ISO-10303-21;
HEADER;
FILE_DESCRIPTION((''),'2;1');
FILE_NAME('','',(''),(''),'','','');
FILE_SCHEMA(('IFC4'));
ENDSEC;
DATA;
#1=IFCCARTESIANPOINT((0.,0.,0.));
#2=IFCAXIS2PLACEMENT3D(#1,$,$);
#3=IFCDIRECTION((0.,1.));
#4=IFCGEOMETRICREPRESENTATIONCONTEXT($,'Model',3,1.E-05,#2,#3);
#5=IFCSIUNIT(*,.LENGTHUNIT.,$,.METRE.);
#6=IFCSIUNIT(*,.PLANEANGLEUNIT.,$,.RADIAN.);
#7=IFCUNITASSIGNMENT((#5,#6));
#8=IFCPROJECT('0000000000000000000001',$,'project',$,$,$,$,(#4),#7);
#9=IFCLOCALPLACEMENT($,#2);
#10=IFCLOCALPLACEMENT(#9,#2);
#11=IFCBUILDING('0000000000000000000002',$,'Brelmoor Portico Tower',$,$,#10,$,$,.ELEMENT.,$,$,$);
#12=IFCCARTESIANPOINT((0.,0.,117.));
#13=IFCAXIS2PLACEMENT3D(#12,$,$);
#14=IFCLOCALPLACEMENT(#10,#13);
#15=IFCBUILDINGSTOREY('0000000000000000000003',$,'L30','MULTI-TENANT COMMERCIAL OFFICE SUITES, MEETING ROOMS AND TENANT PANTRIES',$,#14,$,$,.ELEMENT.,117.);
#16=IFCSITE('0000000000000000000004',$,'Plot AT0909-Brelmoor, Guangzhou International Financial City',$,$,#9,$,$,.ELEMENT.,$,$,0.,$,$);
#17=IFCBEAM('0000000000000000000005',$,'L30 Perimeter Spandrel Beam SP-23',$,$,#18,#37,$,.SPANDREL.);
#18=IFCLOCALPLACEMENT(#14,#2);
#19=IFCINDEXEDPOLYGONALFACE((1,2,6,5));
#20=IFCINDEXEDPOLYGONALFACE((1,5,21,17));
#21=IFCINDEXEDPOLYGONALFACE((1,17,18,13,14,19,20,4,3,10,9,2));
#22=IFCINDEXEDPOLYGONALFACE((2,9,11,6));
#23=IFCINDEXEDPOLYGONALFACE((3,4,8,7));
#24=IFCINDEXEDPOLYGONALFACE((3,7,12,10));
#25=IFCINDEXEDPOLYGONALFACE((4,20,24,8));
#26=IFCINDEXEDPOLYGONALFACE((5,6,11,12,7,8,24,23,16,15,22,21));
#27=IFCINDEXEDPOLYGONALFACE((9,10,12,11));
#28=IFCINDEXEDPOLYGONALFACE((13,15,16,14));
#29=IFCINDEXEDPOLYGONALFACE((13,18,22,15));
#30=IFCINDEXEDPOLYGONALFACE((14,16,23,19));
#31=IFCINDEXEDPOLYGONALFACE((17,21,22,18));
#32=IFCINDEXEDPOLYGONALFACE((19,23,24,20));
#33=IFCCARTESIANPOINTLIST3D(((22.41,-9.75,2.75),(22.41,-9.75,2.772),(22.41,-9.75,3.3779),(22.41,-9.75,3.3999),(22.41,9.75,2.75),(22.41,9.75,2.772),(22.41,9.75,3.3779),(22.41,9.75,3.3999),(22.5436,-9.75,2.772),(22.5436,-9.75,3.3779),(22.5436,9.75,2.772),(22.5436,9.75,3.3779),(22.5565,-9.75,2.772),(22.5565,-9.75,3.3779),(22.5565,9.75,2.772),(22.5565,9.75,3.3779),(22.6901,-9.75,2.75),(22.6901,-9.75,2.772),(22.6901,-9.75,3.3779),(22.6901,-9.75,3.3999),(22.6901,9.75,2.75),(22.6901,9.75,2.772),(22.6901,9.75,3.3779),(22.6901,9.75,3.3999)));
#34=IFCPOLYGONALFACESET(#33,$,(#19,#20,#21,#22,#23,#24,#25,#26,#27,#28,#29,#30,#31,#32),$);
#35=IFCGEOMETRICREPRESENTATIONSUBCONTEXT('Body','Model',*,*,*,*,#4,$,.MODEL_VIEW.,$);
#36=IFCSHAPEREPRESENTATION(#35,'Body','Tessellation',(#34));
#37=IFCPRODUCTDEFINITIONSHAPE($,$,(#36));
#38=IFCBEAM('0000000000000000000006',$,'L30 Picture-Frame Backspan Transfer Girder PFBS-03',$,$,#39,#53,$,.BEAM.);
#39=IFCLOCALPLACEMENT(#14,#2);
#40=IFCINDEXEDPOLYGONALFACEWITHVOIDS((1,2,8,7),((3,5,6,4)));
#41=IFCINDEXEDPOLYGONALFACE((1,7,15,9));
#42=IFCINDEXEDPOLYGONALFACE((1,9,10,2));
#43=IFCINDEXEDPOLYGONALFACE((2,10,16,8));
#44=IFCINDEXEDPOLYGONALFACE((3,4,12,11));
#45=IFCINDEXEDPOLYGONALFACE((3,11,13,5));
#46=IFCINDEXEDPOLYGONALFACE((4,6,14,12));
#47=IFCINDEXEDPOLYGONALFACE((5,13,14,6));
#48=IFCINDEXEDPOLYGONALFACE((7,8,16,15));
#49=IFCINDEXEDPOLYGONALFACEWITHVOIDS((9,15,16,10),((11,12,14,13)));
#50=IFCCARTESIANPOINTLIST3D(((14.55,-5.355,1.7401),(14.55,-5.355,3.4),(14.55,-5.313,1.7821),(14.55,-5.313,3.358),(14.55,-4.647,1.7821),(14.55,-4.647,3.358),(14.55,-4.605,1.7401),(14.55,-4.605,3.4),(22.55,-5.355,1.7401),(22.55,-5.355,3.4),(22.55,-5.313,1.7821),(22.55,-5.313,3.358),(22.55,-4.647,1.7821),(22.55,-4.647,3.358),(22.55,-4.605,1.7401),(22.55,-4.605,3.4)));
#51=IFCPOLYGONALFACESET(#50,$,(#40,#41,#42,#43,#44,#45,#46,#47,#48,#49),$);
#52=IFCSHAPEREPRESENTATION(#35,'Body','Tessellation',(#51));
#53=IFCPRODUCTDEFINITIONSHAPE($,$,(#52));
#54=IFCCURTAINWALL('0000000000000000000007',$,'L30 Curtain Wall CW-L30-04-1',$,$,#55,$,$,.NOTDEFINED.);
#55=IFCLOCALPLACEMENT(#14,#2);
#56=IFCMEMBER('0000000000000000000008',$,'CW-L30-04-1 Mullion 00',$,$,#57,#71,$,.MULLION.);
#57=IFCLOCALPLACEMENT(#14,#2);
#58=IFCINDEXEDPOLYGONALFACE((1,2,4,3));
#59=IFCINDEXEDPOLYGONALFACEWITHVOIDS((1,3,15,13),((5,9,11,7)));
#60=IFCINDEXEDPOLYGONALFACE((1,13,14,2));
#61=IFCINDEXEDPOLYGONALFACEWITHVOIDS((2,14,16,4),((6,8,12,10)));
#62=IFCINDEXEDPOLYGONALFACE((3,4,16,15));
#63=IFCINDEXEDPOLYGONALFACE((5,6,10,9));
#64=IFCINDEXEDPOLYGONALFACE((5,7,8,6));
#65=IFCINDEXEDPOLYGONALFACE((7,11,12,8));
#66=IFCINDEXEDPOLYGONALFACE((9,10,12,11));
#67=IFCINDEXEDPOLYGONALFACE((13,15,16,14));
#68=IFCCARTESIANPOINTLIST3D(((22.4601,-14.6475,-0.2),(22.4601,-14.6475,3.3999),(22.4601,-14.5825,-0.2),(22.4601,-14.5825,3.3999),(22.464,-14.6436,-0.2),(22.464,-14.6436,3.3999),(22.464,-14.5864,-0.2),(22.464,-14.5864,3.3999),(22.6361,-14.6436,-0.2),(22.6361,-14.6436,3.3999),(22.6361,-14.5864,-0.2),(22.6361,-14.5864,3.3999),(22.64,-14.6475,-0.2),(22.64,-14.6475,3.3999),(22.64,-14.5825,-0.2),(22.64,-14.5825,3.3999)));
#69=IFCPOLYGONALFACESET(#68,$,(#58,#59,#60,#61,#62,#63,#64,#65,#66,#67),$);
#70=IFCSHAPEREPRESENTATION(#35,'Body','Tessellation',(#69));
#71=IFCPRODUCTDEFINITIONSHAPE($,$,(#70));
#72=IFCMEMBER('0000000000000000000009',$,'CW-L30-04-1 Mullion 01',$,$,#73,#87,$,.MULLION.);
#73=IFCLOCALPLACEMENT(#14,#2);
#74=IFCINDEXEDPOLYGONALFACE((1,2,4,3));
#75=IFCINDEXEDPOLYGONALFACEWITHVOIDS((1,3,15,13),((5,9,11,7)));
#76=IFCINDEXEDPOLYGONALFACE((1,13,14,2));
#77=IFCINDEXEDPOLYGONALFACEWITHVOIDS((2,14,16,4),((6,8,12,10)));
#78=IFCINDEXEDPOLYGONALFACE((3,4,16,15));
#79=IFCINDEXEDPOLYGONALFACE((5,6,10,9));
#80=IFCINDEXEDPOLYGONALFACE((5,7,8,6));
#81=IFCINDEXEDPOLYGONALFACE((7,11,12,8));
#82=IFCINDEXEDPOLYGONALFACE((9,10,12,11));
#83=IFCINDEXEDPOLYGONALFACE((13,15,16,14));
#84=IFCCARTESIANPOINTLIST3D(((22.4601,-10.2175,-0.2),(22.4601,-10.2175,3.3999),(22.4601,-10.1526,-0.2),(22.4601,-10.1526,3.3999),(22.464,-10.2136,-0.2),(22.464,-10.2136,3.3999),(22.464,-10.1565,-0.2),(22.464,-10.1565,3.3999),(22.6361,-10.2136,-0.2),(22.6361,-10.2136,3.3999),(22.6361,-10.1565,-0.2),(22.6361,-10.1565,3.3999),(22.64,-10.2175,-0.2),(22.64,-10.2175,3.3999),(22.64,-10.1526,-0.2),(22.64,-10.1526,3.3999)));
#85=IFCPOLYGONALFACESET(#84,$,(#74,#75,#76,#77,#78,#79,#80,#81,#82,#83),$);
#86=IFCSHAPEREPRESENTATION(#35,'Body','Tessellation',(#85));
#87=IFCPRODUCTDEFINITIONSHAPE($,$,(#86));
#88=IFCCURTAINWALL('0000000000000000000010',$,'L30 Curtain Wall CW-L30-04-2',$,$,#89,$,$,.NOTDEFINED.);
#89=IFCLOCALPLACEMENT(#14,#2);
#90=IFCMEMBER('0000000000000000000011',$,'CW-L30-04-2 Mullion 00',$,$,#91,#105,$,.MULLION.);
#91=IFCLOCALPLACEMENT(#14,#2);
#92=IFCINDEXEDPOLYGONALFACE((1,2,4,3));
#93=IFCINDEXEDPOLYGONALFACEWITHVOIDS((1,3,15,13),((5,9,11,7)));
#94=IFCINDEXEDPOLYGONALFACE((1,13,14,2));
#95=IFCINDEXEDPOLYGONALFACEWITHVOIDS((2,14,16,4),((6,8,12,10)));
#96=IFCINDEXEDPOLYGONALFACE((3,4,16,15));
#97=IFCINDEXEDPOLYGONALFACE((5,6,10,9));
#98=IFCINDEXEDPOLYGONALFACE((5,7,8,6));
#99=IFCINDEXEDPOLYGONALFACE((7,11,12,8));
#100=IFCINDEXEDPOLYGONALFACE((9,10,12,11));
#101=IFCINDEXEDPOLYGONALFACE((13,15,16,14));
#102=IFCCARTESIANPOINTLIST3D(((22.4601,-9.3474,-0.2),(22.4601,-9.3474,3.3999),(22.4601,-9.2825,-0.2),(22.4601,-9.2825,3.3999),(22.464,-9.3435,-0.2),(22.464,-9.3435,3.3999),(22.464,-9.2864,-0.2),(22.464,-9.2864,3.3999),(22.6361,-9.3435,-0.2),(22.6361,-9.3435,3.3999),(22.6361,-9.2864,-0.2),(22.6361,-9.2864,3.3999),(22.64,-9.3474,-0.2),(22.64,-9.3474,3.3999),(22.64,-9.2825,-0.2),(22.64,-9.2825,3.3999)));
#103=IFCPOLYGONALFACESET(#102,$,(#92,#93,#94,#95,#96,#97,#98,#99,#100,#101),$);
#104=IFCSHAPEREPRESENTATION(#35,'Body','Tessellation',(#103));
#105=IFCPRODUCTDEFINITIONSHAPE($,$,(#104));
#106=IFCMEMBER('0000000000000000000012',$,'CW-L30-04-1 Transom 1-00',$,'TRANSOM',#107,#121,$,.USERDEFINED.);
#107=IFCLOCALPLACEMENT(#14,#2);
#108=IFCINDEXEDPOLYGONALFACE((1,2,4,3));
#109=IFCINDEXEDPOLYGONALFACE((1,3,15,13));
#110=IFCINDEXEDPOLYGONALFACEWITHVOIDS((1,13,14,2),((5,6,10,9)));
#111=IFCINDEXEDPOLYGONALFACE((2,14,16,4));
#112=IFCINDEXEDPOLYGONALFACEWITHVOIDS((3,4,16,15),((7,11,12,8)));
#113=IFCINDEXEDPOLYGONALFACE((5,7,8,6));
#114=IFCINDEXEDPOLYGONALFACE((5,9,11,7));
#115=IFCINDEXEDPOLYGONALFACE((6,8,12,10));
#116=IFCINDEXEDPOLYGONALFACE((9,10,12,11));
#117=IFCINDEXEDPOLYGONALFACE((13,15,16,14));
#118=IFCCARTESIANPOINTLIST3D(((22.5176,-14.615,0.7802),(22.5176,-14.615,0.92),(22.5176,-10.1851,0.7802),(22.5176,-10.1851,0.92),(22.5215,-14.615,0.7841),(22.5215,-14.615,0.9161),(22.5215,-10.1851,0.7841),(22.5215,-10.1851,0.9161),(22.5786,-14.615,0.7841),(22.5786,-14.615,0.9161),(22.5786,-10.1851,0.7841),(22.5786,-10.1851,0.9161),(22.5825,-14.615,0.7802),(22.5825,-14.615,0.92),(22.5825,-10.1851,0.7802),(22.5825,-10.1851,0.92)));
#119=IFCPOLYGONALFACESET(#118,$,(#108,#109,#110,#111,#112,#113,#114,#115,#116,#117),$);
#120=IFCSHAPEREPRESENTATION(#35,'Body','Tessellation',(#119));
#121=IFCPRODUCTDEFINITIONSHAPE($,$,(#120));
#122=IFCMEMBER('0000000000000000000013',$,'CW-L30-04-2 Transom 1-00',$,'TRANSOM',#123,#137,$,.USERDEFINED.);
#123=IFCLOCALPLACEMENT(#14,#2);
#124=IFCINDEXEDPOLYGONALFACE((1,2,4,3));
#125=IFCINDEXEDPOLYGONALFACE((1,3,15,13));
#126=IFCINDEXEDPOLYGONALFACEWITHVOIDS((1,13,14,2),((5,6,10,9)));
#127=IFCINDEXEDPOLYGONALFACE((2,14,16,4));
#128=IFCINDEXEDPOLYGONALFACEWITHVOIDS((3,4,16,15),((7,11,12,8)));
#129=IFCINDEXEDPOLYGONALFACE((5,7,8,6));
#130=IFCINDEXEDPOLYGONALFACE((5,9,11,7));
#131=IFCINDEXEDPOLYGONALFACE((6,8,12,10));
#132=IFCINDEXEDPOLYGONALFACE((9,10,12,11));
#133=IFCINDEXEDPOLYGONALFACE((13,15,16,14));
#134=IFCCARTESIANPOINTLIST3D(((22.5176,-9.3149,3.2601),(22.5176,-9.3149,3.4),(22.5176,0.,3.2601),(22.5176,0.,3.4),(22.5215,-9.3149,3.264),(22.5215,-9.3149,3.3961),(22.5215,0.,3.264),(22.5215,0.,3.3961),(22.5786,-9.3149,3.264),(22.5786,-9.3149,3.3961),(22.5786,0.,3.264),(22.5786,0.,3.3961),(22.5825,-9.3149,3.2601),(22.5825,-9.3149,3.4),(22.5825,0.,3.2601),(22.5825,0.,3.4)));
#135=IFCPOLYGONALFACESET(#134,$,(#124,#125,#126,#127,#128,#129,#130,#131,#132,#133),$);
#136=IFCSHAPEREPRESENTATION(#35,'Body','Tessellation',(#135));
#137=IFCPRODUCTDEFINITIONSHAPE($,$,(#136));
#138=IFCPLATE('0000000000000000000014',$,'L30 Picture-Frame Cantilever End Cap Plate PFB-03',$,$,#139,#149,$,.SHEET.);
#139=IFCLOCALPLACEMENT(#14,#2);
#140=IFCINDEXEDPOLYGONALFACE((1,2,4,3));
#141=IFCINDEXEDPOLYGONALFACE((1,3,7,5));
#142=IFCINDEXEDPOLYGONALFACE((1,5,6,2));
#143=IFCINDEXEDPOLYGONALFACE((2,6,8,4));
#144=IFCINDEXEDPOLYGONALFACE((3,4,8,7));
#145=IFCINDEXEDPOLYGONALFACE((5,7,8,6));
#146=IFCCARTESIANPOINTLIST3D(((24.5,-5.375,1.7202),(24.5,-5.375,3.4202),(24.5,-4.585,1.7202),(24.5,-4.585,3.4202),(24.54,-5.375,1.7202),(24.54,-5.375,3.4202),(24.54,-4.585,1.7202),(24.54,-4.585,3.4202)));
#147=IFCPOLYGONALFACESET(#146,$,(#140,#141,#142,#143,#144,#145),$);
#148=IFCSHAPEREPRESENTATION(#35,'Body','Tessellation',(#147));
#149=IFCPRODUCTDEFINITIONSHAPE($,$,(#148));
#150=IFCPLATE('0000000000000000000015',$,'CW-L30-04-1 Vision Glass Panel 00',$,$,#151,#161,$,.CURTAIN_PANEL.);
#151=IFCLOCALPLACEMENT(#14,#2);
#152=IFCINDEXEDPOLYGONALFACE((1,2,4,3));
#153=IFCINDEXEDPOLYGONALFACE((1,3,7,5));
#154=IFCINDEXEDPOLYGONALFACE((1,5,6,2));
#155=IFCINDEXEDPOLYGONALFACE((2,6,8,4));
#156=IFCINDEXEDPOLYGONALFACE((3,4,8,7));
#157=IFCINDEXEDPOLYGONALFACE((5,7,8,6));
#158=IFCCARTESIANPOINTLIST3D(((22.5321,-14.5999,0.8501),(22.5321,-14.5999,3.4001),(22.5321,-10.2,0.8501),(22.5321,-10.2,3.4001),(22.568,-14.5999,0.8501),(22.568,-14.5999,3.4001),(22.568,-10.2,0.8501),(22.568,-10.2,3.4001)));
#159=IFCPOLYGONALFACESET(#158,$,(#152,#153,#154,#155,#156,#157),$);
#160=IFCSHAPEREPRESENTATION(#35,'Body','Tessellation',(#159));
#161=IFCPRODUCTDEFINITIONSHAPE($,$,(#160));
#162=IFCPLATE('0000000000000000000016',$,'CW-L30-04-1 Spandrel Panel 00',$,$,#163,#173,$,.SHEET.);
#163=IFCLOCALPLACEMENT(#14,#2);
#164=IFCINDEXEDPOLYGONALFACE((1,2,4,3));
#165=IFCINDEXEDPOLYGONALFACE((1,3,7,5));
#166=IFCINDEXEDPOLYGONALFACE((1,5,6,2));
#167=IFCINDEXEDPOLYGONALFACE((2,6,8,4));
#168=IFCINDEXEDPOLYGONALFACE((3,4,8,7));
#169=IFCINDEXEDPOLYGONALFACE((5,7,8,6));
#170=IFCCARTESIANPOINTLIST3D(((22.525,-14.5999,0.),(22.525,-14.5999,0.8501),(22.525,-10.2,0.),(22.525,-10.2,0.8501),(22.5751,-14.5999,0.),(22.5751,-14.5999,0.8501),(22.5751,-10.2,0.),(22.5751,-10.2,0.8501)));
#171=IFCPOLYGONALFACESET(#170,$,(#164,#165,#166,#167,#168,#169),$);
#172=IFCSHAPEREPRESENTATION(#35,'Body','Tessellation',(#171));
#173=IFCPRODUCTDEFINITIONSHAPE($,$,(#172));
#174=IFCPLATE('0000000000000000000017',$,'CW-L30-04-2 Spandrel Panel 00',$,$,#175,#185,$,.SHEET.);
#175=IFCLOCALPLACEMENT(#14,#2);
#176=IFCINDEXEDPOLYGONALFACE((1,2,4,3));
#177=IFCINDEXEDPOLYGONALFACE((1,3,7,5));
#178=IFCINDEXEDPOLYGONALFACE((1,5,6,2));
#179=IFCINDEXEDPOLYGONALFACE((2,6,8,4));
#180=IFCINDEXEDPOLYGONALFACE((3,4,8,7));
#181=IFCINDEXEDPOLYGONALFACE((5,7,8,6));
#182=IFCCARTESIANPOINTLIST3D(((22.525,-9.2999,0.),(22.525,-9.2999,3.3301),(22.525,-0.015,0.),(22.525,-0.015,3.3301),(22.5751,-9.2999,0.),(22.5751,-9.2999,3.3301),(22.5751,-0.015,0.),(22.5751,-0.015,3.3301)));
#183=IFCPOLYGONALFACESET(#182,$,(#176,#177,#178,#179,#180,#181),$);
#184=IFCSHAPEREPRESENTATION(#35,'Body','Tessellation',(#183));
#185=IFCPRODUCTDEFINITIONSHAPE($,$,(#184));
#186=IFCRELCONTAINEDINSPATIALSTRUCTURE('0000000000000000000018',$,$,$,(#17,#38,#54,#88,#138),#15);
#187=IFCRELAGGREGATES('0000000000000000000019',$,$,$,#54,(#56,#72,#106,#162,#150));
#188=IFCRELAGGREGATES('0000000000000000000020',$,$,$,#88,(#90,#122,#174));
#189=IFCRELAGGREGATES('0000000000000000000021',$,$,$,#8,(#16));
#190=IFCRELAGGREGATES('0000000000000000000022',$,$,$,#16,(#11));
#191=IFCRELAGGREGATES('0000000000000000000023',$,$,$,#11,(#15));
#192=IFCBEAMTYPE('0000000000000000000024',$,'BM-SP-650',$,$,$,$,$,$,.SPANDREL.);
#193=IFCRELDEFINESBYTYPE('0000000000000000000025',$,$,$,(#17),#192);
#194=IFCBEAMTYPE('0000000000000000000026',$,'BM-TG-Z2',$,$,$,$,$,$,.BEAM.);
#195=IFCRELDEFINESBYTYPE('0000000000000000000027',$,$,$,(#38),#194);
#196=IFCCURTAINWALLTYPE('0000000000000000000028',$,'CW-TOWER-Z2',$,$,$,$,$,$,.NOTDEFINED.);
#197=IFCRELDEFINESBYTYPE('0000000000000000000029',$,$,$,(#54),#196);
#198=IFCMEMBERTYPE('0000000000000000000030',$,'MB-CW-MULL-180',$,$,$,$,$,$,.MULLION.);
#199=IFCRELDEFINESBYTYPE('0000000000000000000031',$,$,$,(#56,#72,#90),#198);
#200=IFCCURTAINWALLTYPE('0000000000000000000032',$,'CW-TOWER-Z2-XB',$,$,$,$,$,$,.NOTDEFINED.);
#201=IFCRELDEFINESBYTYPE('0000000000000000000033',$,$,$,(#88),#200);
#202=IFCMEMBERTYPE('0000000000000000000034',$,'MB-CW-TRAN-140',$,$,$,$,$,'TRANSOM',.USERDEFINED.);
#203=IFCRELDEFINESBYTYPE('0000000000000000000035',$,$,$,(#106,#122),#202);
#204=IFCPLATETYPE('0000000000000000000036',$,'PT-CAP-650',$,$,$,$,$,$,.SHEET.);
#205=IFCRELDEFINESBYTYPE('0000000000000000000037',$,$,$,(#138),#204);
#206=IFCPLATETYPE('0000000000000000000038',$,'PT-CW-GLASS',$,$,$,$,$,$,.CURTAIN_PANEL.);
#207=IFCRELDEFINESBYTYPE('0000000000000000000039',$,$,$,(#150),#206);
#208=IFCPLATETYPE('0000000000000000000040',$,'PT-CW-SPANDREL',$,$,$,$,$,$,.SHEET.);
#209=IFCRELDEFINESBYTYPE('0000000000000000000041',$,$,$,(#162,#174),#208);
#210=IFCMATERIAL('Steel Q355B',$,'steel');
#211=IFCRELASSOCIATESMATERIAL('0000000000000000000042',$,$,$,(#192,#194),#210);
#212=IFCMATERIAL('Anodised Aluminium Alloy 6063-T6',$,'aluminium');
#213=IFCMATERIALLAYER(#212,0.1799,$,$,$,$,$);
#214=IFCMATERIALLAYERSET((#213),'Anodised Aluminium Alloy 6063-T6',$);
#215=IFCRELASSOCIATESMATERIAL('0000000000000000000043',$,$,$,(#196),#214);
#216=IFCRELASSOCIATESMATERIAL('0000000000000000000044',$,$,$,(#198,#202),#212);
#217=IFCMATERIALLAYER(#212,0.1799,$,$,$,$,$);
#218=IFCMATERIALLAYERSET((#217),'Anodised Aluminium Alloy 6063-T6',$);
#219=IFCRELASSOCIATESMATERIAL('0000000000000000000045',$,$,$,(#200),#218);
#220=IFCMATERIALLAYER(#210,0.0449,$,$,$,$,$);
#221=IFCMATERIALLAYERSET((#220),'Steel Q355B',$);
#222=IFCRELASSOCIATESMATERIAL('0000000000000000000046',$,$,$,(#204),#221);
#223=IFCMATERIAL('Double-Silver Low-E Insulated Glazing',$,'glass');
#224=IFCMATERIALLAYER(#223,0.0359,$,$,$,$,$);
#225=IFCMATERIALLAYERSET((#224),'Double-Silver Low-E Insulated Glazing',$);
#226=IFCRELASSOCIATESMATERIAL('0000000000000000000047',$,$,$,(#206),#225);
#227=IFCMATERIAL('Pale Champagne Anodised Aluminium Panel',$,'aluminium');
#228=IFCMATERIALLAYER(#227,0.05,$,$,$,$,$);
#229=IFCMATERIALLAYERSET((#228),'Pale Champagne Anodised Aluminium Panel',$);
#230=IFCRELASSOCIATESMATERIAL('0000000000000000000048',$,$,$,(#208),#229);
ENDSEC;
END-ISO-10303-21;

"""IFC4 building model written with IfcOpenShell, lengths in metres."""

from ifc_helpers import new_model, si_unit, direction, frame, origin, origin_2d, place, context, subcontext, project, spatial, rectangle, hollow_rectangle, i_section, extrude, material, layer, layer_set, material_profile, profile_set, type_object, element, aggregate, save


model = new_model("IFC4")

# Units and contexts
model_context = context("Model", 3, precision=1e-05, world=origin(), true_north=direction((0.0, 1.0)))
body_context = subcontext(model_context, "Body", "Model", "MODEL_VIEW")
ifc_project = project(units=[si_unit("LENGTHUNIT", "METRE"), si_unit("PLANEANGLEUNIT", "RADIAN")], contexts=[model_context])

# Site, building, storey
site_placement = place(None, origin())
site = spatial("IfcSite", under=ifc_project, at=site_placement, Name="Plot AT0909-Brelmoor, Guangzhou International Financial City", CompositionType="ELEMENT", RefElevation=0.0)
building_placement = place(site_placement, origin())
building = spatial("IfcBuilding", under=site, at=building_placement, Name="Brelmoor Portico Tower", CompositionType="ELEMENT")
storey_placement = place(building_placement, frame((0.0, 0.0, 117.0)))
storey = spatial("IfcBuildingStorey", under=building, at=storey_placement, Name="L30", Description="MULTI-TENANT COMMERCIAL OFFICE SUITES, MEETING ROOMS AND TENANT PANTRIES", CompositionType="ELEMENT", Elevation=117.0)

# Shared definitions
ifc_material_1 = material(Name="Steel Q355B", Category="steel")

# Beams
ifc_material_profile_1 = material_profile(ifc_material_1, i_section(OverallWidth=0.28, OverallDepth=0.6499, WebThickness=0.0129, FlangeThickness=0.022, at=origin_2d()), Name="HN 650x280x13x22")
ifc_profile_set_1 = profile_set([ifc_material_profile_1], Name="Steel Q355B")
beam_type_1 = type_object("IfcBeamType", Name="BM-SP-650", PredefinedType="SPANDREL", material=ifc_profile_set_1)
beam_1_placement = place(storey_placement, frame((22.55, -9.75, 3.075), z_axis=(0.0, 1.0, 0.0), x_axis=(-1.0, 0.0, 0.0)))
element("IfcBeam", 1, at=beam_1_placement, inside=storey, type_object=beam_type_1, Name="L30 Perimeter Spandrel Beam SP-23", PredefinedType="SPANDREL", context=body_context, shape_type="SweptSolid", body=[
    extrude(i_section(OverallWidth=0.28, OverallDepth=0.6499, WebThickness=0.0129, FlangeThickness=0.022, at=origin_2d()), origin(), (0.0, 0.0, 1.0), 19.5),
])
ifc_material_profile_2 = material_profile(ifc_material_1, hollow_rectangle(XDim=0.75, YDim=1.6599, WallThickness=0.042, at=origin_2d()), Name="BOX 750x1660x42")
ifc_profile_set_2 = profile_set([ifc_material_profile_2], Name="Steel Q355B")
beam_type_2 = type_object("IfcBeamType", Name="BM-TG-Z2", PredefinedType="BEAM", material=ifc_profile_set_2)
beam_2_placement = place(storey_placement, frame((14.55, -4.98, 2.5701), z_axis=(1.0, 0.0, 0.0), x_axis=(0.0, 1.0, 0.0)))
element("IfcBeam", 2, at=beam_2_placement, inside=storey, type_object=beam_type_2, Name="L30 Picture-Frame Backspan Transfer Girder PFBS-03", PredefinedType="BEAM", context=body_context, shape_type="SweptSolid", body=[
    extrude(hollow_rectangle(XDim=0.75, YDim=1.6599, WallThickness=0.042, at=origin_2d()), origin(), (0.0, 0.0, 1.0), 8.0),
])

# Curtain wall, members
ifc_material_2 = material(Name="Anodised Aluminium Alloy 6063-T6", Category="aluminium")
ifc_layer_1 = layer(ifc_material_2, 0.1799)
ifc_layer_set_1 = layer_set([ifc_layer_1], Name="Anodised Aluminium Alloy 6063-T6")
curtain_wall_type_1 = type_object("IfcCurtainWallType", Name="CW-TOWER-Z2", PredefinedType="NOTDEFINED", material=ifc_layer_set_1)
curtain_wall_1_placement = place(storey_placement, origin())
curtain_wall_1 = element("IfcCurtainWall", 3, at=curtain_wall_1_placement, inside=storey, type_object=curtain_wall_type_1, Name="L30 Curtain Wall CW-L30-04-1", PredefinedType="NOTDEFINED")
ifc_material_profile_3 = material_profile(ifc_material_2, hollow_rectangle(XDim=0.0649, YDim=0.1799, WallThickness=0.0039, at=origin_2d()), Name="ALU MULLION 65x180")
ifc_profile_set_3 = profile_set([ifc_material_profile_3], Name="Anodised Aluminium Alloy 6063-T6")
member_type_1 = type_object("IfcMemberType", Name="MB-CW-MULL-180", PredefinedType="MULLION", material=ifc_profile_set_3)
member_1_placement = place(storey_placement, frame((22.55, -14.615, -0.2), z_axis=(0.0, 0.0, 1.0), x_axis=(0.0, 1.0, 0.0)))
member_1 = element("IfcMember", 4, at=member_1_placement, type_object=member_type_1, Name="CW-L30-04-1 Mullion 00", PredefinedType="MULLION", context=body_context, shape_type="SweptSolid", body=[
    extrude(hollow_rectangle(XDim=0.0649, YDim=0.1799, WallThickness=0.0039, at=origin_2d()), origin(), (0.0, 0.0, 1.0), 3.5999),
])
member_2_placement = place(storey_placement, frame((22.55, -10.1851, -0.2), z_axis=(0.0, 0.0, 1.0), x_axis=(0.0, 1.0, 0.0)))
member_2 = element("IfcMember", 5, at=member_2_placement, type_object=member_type_1, Name="CW-L30-04-1 Mullion 01", PredefinedType="MULLION", context=body_context, shape_type="SweptSolid", body=[
    extrude(hollow_rectangle(XDim=0.0649, YDim=0.1799, WallThickness=0.0039, at=origin_2d()), origin(), (0.0, 0.0, 1.0), 3.5999),
])

# Curtain wall, member
ifc_layer_2 = layer(ifc_material_2, 0.1799)
ifc_layer_set_2 = layer_set([ifc_layer_2], Name="Anodised Aluminium Alloy 6063-T6")
curtain_wall_type_2 = type_object("IfcCurtainWallType", Name="CW-TOWER-Z2-XB", PredefinedType="NOTDEFINED", material=ifc_layer_set_2)
curtain_wall_2_placement = place(storey_placement, origin())
curtain_wall_2 = element("IfcCurtainWall", 6, at=curtain_wall_2_placement, inside=storey, type_object=curtain_wall_type_2, Name="L30 Curtain Wall CW-L30-04-2", PredefinedType="NOTDEFINED")
member_3_placement = place(storey_placement, frame((22.55, -9.3149, -0.2), z_axis=(0.0, 0.0, 1.0), x_axis=(0.0, 1.0, 0.0)))
member_3 = element("IfcMember", 7, at=member_3_placement, type_object=member_type_1, Name="CW-L30-04-2 Mullion 00", PredefinedType="MULLION", context=body_context, shape_type="SweptSolid", body=[
    extrude(hollow_rectangle(XDim=0.0649, YDim=0.1799, WallThickness=0.0039, at=origin_2d()), origin(), (0.0, 0.0, 1.0), 3.5999),
])

# Members
ifc_material_profile_4 = material_profile(ifc_material_2, hollow_rectangle(XDim=0.0649, YDim=0.1399, WallThickness=0.0039, at=origin_2d()), Name="ALU TRANSOM 65x140")
ifc_profile_set_4 = profile_set([ifc_material_profile_4], Name="Anodised Aluminium Alloy 6063-T6")
member_type_2 = type_object("IfcMemberType", Name="MB-CW-TRAN-140", ElementType="TRANSOM", PredefinedType="USERDEFINED", material=ifc_profile_set_4)
member_4_placement = place(storey_placement, frame((22.55, -14.615, 0.8501), z_axis=(0.0, 1.0, 0.0), x_axis=(-1.0, 0.0, 0.0)))
member_4 = element("IfcMember", 8, at=member_4_placement, type_object=member_type_2, Name="CW-L30-04-1 Transom 1-00", ObjectType="TRANSOM", PredefinedType="USERDEFINED", context=body_context, shape_type="SweptSolid", body=[
    extrude(hollow_rectangle(XDim=0.0649, YDim=0.1399, WallThickness=0.0039, at=origin_2d()), origin(), (0.0, 0.0, 1.0), 4.4299),
])
member_5_placement = place(storey_placement, frame((22.55, -9.3149, 3.3301), z_axis=(0.0, 1.0, 0.0), x_axis=(-1.0, 0.0, 0.0)))
member_5 = element("IfcMember", 9, at=member_5_placement, type_object=member_type_2, Name="CW-L30-04-2 Transom 1-00", ObjectType="TRANSOM", PredefinedType="USERDEFINED", context=body_context, shape_type="SweptSolid", body=[
    extrude(hollow_rectangle(XDim=0.0649, YDim=0.1399, WallThickness=0.0039, at=origin_2d()), origin(), (0.0, 0.0, 1.0), 9.3149),
])

# Plates
ifc_layer_3 = layer(ifc_material_1, 0.0449)
ifc_layer_set_3 = layer_set([ifc_layer_3], Name="Steel Q355B")
plate_type_1 = type_object("IfcPlateType", Name="PT-CAP-650", PredefinedType="SHEET", material=ifc_layer_set_3)
plate_1_placement = place(storey_placement, frame((24.52, -4.98, 1.7202), z_axis=(0.0, 0.0, 1.0), x_axis=(1.0, 0.0, 0.0)))
element("IfcPlate", 10, at=plate_1_placement, inside=storey, type_object=plate_type_1, Name="L30 Picture-Frame Cantilever End Cap Plate PFB-03", PredefinedType="SHEET", context=body_context, shape_type="SweptSolid", body=[
    extrude(rectangle(XDim=0.04, YDim=0.79, at=origin_2d()), origin(), (0.0, 0.0, 1.0), 1.7),
])
ifc_material_3 = material(Name="Double-Silver Low-E Insulated Glazing", Category="glass")
ifc_layer_4 = layer(ifc_material_3, 0.0359)
ifc_layer_set_4 = layer_set([ifc_layer_4], Name="Double-Silver Low-E Insulated Glazing")
plate_type_2 = type_object("IfcPlateType", Name="PT-CW-GLASS", PredefinedType="CURTAIN_PANEL", material=ifc_layer_set_4)
plate_2_placement = place(storey_placement, frame((22.55, -12.3999, 0.8501), z_axis=(0.0, 0.0, 1.0), x_axis=(0.0, 1.0, 0.0)))
plate_2 = element("IfcPlate", 11, at=plate_2_placement, type_object=plate_type_2, Name="CW-L30-04-1 Vision Glass Panel 00", PredefinedType="CURTAIN_PANEL", context=body_context, shape_type="SweptSolid", body=[
    extrude(rectangle(XDim=4.3999, YDim=0.0359, at=origin_2d()), origin(), (0.0, 0.0, 1.0), 2.55),
])
ifc_material_4 = material(Name="Pale Champagne Anodised Aluminium Panel", Category="aluminium")
ifc_layer_5 = layer(ifc_material_4, 0.05)
ifc_layer_set_5 = layer_set([ifc_layer_5], Name="Pale Champagne Anodised Aluminium Panel")
plate_type_3 = type_object("IfcPlateType", Name="PT-CW-SPANDREL", PredefinedType="SHEET", material=ifc_layer_set_5)
plate_3_placement = place(storey_placement, frame((22.55, -12.3999, 0.0), z_axis=(0.0, 0.0, 1.0), x_axis=(0.0, 1.0, 0.0)))
plate_3 = element("IfcPlate", 12, at=plate_3_placement, type_object=plate_type_3, Name="CW-L30-04-1 Spandrel Panel 00", PredefinedType="SHEET", context=body_context, shape_type="SweptSolid", body=[
    extrude(rectangle(XDim=4.3999, YDim=0.05, at=origin_2d()), origin(), (0.0, 0.0, 1.0), 0.8501),
])
aggregate(curtain_wall_1, [member_1, member_2, member_4, plate_3, plate_2])
plate_4_placement = place(storey_placement, frame((22.55, -4.6575, 0.0), z_axis=(0.0, 0.0, 1.0), x_axis=(0.0, 1.0, 0.0)))
plate_4 = element("IfcPlate", 13, at=plate_4_placement, type_object=plate_type_3, Name="CW-L30-04-2 Spandrel Panel 00", PredefinedType="SHEET", context=body_context, shape_type="SweptSolid", body=[
    extrude(rectangle(XDim=9.2849, YDim=0.05, at=origin_2d()), origin(), (0.0, 0.0, 1.0), 3.3301),
])
aggregate(curtain_wall_2, [member_3, member_5, plate_4])

save(model, "model.ifc")
